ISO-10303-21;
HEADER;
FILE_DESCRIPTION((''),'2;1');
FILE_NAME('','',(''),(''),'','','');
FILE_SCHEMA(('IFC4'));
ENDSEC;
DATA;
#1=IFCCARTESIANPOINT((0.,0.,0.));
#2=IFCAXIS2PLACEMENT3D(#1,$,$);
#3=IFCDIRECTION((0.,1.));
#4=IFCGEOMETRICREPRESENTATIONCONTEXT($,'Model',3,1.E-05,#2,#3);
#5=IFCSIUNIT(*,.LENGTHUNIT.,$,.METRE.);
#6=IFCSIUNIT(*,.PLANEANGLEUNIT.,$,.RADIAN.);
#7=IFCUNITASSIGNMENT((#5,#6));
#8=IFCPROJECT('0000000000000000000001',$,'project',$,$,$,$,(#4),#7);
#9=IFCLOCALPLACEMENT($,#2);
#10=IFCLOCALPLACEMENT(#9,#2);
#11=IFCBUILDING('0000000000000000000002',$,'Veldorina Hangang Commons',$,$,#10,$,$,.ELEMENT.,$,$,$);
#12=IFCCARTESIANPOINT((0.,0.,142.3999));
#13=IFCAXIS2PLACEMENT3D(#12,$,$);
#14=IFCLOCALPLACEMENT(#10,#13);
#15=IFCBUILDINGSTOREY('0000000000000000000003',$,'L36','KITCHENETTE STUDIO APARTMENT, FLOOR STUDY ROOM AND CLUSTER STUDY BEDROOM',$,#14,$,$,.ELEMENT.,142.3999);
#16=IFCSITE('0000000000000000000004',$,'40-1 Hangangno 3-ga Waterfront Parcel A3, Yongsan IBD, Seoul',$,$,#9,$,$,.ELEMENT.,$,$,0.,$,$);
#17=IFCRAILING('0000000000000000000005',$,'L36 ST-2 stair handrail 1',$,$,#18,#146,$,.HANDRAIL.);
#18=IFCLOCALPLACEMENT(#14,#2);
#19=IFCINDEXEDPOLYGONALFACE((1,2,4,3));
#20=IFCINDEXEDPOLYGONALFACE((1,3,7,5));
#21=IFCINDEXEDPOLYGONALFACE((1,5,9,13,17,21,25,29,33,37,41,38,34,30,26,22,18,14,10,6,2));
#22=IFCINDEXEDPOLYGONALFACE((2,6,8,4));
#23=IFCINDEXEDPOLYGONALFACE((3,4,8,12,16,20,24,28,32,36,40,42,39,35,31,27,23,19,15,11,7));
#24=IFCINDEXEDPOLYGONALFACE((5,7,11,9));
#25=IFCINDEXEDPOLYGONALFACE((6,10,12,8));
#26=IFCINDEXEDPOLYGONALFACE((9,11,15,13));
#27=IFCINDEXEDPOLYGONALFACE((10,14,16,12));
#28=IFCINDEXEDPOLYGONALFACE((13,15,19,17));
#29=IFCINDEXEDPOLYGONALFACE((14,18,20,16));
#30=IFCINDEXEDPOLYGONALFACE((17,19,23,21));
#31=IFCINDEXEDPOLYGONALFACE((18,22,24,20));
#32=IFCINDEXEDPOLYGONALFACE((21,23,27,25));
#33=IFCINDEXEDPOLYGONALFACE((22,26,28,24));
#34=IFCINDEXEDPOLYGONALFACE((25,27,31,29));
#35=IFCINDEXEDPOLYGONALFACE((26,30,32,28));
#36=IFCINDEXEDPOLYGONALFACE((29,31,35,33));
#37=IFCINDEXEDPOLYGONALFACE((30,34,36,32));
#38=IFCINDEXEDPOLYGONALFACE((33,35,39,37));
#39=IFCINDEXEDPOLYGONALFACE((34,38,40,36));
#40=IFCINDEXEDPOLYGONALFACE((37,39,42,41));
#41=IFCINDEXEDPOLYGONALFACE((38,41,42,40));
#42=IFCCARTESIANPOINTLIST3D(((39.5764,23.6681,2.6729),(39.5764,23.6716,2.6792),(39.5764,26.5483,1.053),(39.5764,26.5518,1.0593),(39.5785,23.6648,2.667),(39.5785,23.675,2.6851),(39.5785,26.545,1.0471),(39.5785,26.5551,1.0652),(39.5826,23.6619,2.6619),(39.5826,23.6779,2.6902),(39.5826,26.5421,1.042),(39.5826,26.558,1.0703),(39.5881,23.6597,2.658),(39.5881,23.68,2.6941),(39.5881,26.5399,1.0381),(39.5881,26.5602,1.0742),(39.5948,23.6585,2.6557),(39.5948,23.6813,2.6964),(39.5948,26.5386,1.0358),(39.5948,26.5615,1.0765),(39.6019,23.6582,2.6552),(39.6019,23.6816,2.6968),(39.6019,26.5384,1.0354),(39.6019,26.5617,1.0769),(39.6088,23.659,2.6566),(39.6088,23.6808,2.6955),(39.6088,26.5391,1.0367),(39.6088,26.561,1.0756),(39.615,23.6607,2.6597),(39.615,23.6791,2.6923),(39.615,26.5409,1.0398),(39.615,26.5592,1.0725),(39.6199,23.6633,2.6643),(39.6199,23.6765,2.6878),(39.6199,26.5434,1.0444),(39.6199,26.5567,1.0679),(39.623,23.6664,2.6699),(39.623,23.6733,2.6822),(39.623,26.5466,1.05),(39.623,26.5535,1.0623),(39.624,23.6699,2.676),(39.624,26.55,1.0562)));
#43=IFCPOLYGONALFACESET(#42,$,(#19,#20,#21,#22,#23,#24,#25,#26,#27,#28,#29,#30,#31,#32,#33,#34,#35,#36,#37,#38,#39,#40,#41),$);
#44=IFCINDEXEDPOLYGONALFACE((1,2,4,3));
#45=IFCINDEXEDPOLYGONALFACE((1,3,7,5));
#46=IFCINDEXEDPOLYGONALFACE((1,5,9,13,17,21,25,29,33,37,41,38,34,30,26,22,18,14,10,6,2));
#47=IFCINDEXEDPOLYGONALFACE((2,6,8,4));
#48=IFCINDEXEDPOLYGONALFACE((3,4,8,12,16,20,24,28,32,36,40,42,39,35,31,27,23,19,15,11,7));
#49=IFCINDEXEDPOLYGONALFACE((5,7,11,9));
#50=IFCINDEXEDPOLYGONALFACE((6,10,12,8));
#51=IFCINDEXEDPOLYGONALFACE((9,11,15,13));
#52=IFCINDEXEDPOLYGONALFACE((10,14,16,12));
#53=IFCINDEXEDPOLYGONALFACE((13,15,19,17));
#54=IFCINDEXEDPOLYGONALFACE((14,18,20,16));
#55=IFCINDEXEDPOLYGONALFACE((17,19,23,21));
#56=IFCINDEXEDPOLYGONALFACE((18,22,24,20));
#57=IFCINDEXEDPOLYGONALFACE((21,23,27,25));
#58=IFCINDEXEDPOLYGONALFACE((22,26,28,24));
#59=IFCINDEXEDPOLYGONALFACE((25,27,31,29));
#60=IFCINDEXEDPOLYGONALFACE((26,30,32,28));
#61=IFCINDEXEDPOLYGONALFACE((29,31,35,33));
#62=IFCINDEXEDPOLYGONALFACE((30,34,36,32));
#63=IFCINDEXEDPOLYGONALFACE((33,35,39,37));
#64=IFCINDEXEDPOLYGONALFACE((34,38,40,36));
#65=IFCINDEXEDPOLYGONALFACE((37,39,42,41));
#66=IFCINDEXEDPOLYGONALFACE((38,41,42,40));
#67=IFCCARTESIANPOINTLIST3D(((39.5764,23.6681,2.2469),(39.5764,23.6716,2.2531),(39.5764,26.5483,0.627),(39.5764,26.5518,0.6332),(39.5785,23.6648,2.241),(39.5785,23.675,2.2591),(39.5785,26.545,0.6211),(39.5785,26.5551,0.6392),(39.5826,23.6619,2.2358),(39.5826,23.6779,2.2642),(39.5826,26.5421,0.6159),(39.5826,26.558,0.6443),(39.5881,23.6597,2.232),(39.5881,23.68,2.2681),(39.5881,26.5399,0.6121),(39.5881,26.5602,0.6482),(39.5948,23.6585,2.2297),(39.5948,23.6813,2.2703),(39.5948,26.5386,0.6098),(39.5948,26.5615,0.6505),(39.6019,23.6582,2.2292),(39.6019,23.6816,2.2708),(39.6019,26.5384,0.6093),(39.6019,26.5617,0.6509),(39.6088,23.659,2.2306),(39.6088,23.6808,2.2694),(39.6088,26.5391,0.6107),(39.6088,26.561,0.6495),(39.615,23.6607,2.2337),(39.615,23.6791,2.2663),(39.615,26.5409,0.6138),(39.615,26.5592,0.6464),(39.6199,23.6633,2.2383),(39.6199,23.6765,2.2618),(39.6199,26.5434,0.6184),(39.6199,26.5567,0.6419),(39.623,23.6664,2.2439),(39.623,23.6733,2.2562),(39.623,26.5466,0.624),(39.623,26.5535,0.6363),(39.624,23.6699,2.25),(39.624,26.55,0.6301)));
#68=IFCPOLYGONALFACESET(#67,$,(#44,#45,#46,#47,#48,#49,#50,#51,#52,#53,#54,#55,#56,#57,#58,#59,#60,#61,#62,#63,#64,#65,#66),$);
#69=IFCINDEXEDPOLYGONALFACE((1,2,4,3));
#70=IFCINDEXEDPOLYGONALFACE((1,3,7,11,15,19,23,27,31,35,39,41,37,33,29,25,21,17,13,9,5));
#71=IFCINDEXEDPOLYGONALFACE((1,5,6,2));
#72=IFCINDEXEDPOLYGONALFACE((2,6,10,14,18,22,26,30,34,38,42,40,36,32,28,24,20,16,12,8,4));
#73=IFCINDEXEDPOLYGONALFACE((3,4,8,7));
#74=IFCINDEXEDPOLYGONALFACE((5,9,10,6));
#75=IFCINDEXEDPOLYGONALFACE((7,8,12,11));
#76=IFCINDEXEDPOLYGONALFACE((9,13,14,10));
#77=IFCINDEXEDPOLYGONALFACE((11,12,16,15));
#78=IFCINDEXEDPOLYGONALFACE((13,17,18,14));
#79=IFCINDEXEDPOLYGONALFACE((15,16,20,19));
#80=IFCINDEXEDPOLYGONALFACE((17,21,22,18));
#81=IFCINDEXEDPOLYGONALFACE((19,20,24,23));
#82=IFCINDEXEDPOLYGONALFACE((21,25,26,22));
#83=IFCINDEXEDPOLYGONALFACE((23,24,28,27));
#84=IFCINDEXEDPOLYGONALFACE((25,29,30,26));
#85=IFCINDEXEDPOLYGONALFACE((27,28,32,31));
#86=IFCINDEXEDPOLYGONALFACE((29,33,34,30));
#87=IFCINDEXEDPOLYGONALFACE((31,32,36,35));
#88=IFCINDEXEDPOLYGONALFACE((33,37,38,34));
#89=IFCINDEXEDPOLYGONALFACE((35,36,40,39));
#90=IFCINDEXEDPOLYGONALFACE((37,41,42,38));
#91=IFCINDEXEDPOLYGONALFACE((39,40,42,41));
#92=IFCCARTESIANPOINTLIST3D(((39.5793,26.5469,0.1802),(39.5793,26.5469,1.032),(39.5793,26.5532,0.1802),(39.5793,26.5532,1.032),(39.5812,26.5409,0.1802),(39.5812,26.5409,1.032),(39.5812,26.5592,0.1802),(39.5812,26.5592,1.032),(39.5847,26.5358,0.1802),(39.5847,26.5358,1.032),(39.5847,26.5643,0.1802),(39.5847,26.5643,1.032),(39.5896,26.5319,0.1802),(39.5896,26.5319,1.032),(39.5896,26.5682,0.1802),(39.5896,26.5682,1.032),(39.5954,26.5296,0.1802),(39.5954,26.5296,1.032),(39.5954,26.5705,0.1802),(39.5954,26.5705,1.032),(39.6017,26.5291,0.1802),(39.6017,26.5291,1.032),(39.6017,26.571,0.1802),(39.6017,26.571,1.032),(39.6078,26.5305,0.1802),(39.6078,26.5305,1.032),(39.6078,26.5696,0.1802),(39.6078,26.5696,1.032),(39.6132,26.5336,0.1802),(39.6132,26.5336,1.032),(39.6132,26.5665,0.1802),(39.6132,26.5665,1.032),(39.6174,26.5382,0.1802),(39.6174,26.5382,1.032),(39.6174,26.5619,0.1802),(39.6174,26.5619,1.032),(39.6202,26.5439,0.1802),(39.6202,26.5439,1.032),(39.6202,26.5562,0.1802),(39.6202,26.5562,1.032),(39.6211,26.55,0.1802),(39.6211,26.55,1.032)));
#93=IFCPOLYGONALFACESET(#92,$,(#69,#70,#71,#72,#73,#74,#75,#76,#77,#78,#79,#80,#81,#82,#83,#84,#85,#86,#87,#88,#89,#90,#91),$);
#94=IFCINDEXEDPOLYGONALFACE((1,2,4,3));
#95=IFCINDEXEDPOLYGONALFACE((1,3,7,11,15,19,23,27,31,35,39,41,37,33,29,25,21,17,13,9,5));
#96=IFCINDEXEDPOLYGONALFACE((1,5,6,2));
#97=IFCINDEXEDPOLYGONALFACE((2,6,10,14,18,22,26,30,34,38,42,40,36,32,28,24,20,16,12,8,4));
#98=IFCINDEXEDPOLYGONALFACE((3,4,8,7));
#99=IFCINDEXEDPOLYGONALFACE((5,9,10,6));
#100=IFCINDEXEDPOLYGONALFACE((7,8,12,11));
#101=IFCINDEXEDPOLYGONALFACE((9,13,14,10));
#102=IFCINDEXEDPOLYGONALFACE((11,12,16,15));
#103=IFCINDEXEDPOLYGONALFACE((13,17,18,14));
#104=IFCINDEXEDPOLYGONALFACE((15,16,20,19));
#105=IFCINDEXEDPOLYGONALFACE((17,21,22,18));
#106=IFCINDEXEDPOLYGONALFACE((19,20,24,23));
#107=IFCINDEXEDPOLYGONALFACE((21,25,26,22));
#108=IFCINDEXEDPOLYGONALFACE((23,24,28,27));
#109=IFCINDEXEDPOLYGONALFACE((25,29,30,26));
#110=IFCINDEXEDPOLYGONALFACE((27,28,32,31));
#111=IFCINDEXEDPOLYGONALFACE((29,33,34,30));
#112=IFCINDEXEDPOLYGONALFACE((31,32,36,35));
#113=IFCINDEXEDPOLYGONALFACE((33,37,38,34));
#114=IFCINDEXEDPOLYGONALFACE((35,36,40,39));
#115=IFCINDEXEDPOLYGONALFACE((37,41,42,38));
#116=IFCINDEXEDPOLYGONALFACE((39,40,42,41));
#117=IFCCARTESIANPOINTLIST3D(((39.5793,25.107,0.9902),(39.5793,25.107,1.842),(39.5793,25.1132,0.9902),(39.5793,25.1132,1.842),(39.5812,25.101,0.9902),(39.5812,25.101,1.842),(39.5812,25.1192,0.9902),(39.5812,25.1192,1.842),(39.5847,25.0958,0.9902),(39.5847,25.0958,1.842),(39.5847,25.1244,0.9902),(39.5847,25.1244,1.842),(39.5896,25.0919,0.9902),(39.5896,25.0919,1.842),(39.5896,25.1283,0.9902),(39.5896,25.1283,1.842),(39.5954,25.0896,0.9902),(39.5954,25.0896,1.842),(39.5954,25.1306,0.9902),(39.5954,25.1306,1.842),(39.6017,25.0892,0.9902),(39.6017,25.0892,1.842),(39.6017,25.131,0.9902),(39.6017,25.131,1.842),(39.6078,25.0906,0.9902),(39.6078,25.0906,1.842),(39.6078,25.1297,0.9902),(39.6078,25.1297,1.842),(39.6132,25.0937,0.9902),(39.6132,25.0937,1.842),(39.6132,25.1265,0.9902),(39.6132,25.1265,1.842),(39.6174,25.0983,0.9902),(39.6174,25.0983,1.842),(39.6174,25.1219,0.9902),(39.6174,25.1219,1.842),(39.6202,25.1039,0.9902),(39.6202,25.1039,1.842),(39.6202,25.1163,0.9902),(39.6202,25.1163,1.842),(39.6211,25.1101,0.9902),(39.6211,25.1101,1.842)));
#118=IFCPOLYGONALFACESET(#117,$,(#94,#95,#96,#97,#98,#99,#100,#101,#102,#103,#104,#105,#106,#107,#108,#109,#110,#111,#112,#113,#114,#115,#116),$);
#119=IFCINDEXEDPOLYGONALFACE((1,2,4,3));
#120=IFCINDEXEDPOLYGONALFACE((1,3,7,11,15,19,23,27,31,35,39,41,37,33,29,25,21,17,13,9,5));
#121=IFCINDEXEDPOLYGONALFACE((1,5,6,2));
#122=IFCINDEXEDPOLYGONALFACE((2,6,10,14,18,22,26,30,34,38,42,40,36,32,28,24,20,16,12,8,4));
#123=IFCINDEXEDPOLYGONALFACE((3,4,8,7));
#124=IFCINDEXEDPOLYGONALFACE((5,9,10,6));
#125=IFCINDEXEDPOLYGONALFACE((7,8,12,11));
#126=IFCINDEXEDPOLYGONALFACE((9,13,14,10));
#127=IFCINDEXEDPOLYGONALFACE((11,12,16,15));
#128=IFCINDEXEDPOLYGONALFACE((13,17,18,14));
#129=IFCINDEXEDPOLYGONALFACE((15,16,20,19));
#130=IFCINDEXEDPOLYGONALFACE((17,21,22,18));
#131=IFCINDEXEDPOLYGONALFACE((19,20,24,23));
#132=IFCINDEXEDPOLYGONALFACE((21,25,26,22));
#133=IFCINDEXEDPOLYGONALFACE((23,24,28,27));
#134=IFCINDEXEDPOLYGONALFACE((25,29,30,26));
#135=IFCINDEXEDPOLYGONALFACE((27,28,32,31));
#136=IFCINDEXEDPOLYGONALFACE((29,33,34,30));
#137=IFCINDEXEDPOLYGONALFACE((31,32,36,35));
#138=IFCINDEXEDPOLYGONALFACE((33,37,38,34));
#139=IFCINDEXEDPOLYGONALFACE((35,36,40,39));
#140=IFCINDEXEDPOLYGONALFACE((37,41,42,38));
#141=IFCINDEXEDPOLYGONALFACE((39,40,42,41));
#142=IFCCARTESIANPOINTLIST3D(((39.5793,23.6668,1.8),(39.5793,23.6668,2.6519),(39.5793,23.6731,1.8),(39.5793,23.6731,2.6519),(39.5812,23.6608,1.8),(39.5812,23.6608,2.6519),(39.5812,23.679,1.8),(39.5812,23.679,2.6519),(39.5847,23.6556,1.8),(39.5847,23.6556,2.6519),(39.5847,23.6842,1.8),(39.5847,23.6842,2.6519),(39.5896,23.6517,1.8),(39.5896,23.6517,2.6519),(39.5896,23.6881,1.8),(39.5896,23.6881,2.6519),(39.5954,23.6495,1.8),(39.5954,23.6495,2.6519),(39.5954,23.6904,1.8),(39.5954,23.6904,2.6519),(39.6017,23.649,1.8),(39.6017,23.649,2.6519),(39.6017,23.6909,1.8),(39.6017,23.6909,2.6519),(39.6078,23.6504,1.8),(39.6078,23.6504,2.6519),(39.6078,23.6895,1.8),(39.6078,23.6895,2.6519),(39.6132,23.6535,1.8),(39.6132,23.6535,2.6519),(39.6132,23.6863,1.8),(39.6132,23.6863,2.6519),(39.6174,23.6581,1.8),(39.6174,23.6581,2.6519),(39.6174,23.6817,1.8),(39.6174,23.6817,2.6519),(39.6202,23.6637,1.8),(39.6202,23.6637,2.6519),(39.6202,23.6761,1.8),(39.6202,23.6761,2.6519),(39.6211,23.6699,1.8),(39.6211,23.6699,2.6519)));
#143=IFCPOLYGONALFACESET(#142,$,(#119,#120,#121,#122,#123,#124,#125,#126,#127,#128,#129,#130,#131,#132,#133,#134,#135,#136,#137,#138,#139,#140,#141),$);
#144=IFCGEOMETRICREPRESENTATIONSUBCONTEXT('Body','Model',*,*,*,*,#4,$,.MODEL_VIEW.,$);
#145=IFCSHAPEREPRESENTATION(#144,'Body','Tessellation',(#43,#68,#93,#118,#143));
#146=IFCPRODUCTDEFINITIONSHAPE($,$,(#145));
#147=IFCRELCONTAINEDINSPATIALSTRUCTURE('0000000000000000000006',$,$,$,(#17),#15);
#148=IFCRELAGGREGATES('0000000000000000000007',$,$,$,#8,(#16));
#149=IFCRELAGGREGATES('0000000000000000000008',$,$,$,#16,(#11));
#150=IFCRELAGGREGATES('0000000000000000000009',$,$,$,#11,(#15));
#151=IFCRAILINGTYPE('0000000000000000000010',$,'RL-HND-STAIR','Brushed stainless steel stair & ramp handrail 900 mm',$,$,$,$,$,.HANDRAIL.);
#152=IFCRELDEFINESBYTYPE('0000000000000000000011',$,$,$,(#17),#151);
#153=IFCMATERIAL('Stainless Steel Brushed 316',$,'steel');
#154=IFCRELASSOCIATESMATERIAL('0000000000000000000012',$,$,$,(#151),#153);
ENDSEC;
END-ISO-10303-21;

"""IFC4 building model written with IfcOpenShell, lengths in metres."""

from ifc_helpers import new_model, si_unit, direction, frame, origin, origin_2d, place, context, subcontext, project, spatial, circle, extrude, material, type_object, element, save


model = new_model("IFC4")

# Units and contexts
model_context = context("Model", 3, precision=1e-05, world=origin(), true_north=direction((0.0, 1.0)))
body_context = subcontext(model_context, "Body", "Model", "MODEL_VIEW")
ifc_project = project(units=[si_unit("LENGTHUNIT", "METRE"), si_unit("PLANEANGLEUNIT", "RADIAN")], contexts=[model_context])

# Site, building, storey
site_placement = place(None, origin())
site = spatial("IfcSite", under=ifc_project, at=site_placement, Name="40-1 Hangangno 3-ga Waterfront Parcel A3, Yongsan IBD, Seoul", CompositionType="ELEMENT", RefElevation=0.0)
building_placement = place(site_placement, origin())
building = spatial("IfcBuilding", under=site, at=building_placement, Name="Veldorina Hangang Commons", CompositionType="ELEMENT")
storey_placement = place(building_placement, frame((0.0, 0.0, 142.3999)))
storey = spatial("IfcBuildingStorey", under=building, at=storey_placement, Name="L36", Description="KITCHENETTE STUDIO APARTMENT, FLOOR STUDY ROOM AND CLUSTER STUDY BEDROOM", CompositionType="ELEMENT", Elevation=142.3999)

# Railing
ifc_material_1 = material(Name="Stainless Steel Brushed 316", Category="steel")
railing_type_1 = type_object("IfcRailingType", Name="RL-HND-STAIR", Description="Brushed stainless steel stair & ramp handrail 900 mm", PredefinedType="HANDRAIL", material=ifc_material_1)
railing_1_placement = place(storey_placement, frame((39.6001, 26.55, 0.1802)))
element("IfcRailing", 1, at=railing_1_placement, inside=storey, type_object=railing_type_1, Name="L36 ST-2 stair handrail 1", PredefinedType="HANDRAIL", context=body_context, shape_type="SweptSolid", body=[
    extrude(circle(Radius=0.0239, at=origin_2d()), frame((0.0, 0.0, 0.876), z_axis=(0.0, -0.871601, 0.490216), x_axis=(1.0, 0.0, 0.0)), (0.0, 0.0, 1.0), 3.3044),
    extrude(circle(Radius=0.0239, at=origin_2d()), frame((0.0, 0.0, 0.45), z_axis=(0.0, -0.871601, 0.490216), x_axis=(1.0, 0.0, 0.0)), (0.0, 0.0, 1.0), 3.3044),
    extrude(circle(Radius=0.021, at=origin_2d()), origin(), (0.0, 0.0, 1.0), 0.8518),
    extrude(circle(Radius=0.021, at=origin_2d()), frame((0.0, -1.4399, 0.8101)), (0.0, 0.0, 1.0), 0.8518),
    extrude(circle(Radius=0.021, at=origin_2d()), frame((0.0, -2.8801, 1.6199)), (0.0, 0.0, 1.0), 0.8518),
])

save(model, "model.ifc")
